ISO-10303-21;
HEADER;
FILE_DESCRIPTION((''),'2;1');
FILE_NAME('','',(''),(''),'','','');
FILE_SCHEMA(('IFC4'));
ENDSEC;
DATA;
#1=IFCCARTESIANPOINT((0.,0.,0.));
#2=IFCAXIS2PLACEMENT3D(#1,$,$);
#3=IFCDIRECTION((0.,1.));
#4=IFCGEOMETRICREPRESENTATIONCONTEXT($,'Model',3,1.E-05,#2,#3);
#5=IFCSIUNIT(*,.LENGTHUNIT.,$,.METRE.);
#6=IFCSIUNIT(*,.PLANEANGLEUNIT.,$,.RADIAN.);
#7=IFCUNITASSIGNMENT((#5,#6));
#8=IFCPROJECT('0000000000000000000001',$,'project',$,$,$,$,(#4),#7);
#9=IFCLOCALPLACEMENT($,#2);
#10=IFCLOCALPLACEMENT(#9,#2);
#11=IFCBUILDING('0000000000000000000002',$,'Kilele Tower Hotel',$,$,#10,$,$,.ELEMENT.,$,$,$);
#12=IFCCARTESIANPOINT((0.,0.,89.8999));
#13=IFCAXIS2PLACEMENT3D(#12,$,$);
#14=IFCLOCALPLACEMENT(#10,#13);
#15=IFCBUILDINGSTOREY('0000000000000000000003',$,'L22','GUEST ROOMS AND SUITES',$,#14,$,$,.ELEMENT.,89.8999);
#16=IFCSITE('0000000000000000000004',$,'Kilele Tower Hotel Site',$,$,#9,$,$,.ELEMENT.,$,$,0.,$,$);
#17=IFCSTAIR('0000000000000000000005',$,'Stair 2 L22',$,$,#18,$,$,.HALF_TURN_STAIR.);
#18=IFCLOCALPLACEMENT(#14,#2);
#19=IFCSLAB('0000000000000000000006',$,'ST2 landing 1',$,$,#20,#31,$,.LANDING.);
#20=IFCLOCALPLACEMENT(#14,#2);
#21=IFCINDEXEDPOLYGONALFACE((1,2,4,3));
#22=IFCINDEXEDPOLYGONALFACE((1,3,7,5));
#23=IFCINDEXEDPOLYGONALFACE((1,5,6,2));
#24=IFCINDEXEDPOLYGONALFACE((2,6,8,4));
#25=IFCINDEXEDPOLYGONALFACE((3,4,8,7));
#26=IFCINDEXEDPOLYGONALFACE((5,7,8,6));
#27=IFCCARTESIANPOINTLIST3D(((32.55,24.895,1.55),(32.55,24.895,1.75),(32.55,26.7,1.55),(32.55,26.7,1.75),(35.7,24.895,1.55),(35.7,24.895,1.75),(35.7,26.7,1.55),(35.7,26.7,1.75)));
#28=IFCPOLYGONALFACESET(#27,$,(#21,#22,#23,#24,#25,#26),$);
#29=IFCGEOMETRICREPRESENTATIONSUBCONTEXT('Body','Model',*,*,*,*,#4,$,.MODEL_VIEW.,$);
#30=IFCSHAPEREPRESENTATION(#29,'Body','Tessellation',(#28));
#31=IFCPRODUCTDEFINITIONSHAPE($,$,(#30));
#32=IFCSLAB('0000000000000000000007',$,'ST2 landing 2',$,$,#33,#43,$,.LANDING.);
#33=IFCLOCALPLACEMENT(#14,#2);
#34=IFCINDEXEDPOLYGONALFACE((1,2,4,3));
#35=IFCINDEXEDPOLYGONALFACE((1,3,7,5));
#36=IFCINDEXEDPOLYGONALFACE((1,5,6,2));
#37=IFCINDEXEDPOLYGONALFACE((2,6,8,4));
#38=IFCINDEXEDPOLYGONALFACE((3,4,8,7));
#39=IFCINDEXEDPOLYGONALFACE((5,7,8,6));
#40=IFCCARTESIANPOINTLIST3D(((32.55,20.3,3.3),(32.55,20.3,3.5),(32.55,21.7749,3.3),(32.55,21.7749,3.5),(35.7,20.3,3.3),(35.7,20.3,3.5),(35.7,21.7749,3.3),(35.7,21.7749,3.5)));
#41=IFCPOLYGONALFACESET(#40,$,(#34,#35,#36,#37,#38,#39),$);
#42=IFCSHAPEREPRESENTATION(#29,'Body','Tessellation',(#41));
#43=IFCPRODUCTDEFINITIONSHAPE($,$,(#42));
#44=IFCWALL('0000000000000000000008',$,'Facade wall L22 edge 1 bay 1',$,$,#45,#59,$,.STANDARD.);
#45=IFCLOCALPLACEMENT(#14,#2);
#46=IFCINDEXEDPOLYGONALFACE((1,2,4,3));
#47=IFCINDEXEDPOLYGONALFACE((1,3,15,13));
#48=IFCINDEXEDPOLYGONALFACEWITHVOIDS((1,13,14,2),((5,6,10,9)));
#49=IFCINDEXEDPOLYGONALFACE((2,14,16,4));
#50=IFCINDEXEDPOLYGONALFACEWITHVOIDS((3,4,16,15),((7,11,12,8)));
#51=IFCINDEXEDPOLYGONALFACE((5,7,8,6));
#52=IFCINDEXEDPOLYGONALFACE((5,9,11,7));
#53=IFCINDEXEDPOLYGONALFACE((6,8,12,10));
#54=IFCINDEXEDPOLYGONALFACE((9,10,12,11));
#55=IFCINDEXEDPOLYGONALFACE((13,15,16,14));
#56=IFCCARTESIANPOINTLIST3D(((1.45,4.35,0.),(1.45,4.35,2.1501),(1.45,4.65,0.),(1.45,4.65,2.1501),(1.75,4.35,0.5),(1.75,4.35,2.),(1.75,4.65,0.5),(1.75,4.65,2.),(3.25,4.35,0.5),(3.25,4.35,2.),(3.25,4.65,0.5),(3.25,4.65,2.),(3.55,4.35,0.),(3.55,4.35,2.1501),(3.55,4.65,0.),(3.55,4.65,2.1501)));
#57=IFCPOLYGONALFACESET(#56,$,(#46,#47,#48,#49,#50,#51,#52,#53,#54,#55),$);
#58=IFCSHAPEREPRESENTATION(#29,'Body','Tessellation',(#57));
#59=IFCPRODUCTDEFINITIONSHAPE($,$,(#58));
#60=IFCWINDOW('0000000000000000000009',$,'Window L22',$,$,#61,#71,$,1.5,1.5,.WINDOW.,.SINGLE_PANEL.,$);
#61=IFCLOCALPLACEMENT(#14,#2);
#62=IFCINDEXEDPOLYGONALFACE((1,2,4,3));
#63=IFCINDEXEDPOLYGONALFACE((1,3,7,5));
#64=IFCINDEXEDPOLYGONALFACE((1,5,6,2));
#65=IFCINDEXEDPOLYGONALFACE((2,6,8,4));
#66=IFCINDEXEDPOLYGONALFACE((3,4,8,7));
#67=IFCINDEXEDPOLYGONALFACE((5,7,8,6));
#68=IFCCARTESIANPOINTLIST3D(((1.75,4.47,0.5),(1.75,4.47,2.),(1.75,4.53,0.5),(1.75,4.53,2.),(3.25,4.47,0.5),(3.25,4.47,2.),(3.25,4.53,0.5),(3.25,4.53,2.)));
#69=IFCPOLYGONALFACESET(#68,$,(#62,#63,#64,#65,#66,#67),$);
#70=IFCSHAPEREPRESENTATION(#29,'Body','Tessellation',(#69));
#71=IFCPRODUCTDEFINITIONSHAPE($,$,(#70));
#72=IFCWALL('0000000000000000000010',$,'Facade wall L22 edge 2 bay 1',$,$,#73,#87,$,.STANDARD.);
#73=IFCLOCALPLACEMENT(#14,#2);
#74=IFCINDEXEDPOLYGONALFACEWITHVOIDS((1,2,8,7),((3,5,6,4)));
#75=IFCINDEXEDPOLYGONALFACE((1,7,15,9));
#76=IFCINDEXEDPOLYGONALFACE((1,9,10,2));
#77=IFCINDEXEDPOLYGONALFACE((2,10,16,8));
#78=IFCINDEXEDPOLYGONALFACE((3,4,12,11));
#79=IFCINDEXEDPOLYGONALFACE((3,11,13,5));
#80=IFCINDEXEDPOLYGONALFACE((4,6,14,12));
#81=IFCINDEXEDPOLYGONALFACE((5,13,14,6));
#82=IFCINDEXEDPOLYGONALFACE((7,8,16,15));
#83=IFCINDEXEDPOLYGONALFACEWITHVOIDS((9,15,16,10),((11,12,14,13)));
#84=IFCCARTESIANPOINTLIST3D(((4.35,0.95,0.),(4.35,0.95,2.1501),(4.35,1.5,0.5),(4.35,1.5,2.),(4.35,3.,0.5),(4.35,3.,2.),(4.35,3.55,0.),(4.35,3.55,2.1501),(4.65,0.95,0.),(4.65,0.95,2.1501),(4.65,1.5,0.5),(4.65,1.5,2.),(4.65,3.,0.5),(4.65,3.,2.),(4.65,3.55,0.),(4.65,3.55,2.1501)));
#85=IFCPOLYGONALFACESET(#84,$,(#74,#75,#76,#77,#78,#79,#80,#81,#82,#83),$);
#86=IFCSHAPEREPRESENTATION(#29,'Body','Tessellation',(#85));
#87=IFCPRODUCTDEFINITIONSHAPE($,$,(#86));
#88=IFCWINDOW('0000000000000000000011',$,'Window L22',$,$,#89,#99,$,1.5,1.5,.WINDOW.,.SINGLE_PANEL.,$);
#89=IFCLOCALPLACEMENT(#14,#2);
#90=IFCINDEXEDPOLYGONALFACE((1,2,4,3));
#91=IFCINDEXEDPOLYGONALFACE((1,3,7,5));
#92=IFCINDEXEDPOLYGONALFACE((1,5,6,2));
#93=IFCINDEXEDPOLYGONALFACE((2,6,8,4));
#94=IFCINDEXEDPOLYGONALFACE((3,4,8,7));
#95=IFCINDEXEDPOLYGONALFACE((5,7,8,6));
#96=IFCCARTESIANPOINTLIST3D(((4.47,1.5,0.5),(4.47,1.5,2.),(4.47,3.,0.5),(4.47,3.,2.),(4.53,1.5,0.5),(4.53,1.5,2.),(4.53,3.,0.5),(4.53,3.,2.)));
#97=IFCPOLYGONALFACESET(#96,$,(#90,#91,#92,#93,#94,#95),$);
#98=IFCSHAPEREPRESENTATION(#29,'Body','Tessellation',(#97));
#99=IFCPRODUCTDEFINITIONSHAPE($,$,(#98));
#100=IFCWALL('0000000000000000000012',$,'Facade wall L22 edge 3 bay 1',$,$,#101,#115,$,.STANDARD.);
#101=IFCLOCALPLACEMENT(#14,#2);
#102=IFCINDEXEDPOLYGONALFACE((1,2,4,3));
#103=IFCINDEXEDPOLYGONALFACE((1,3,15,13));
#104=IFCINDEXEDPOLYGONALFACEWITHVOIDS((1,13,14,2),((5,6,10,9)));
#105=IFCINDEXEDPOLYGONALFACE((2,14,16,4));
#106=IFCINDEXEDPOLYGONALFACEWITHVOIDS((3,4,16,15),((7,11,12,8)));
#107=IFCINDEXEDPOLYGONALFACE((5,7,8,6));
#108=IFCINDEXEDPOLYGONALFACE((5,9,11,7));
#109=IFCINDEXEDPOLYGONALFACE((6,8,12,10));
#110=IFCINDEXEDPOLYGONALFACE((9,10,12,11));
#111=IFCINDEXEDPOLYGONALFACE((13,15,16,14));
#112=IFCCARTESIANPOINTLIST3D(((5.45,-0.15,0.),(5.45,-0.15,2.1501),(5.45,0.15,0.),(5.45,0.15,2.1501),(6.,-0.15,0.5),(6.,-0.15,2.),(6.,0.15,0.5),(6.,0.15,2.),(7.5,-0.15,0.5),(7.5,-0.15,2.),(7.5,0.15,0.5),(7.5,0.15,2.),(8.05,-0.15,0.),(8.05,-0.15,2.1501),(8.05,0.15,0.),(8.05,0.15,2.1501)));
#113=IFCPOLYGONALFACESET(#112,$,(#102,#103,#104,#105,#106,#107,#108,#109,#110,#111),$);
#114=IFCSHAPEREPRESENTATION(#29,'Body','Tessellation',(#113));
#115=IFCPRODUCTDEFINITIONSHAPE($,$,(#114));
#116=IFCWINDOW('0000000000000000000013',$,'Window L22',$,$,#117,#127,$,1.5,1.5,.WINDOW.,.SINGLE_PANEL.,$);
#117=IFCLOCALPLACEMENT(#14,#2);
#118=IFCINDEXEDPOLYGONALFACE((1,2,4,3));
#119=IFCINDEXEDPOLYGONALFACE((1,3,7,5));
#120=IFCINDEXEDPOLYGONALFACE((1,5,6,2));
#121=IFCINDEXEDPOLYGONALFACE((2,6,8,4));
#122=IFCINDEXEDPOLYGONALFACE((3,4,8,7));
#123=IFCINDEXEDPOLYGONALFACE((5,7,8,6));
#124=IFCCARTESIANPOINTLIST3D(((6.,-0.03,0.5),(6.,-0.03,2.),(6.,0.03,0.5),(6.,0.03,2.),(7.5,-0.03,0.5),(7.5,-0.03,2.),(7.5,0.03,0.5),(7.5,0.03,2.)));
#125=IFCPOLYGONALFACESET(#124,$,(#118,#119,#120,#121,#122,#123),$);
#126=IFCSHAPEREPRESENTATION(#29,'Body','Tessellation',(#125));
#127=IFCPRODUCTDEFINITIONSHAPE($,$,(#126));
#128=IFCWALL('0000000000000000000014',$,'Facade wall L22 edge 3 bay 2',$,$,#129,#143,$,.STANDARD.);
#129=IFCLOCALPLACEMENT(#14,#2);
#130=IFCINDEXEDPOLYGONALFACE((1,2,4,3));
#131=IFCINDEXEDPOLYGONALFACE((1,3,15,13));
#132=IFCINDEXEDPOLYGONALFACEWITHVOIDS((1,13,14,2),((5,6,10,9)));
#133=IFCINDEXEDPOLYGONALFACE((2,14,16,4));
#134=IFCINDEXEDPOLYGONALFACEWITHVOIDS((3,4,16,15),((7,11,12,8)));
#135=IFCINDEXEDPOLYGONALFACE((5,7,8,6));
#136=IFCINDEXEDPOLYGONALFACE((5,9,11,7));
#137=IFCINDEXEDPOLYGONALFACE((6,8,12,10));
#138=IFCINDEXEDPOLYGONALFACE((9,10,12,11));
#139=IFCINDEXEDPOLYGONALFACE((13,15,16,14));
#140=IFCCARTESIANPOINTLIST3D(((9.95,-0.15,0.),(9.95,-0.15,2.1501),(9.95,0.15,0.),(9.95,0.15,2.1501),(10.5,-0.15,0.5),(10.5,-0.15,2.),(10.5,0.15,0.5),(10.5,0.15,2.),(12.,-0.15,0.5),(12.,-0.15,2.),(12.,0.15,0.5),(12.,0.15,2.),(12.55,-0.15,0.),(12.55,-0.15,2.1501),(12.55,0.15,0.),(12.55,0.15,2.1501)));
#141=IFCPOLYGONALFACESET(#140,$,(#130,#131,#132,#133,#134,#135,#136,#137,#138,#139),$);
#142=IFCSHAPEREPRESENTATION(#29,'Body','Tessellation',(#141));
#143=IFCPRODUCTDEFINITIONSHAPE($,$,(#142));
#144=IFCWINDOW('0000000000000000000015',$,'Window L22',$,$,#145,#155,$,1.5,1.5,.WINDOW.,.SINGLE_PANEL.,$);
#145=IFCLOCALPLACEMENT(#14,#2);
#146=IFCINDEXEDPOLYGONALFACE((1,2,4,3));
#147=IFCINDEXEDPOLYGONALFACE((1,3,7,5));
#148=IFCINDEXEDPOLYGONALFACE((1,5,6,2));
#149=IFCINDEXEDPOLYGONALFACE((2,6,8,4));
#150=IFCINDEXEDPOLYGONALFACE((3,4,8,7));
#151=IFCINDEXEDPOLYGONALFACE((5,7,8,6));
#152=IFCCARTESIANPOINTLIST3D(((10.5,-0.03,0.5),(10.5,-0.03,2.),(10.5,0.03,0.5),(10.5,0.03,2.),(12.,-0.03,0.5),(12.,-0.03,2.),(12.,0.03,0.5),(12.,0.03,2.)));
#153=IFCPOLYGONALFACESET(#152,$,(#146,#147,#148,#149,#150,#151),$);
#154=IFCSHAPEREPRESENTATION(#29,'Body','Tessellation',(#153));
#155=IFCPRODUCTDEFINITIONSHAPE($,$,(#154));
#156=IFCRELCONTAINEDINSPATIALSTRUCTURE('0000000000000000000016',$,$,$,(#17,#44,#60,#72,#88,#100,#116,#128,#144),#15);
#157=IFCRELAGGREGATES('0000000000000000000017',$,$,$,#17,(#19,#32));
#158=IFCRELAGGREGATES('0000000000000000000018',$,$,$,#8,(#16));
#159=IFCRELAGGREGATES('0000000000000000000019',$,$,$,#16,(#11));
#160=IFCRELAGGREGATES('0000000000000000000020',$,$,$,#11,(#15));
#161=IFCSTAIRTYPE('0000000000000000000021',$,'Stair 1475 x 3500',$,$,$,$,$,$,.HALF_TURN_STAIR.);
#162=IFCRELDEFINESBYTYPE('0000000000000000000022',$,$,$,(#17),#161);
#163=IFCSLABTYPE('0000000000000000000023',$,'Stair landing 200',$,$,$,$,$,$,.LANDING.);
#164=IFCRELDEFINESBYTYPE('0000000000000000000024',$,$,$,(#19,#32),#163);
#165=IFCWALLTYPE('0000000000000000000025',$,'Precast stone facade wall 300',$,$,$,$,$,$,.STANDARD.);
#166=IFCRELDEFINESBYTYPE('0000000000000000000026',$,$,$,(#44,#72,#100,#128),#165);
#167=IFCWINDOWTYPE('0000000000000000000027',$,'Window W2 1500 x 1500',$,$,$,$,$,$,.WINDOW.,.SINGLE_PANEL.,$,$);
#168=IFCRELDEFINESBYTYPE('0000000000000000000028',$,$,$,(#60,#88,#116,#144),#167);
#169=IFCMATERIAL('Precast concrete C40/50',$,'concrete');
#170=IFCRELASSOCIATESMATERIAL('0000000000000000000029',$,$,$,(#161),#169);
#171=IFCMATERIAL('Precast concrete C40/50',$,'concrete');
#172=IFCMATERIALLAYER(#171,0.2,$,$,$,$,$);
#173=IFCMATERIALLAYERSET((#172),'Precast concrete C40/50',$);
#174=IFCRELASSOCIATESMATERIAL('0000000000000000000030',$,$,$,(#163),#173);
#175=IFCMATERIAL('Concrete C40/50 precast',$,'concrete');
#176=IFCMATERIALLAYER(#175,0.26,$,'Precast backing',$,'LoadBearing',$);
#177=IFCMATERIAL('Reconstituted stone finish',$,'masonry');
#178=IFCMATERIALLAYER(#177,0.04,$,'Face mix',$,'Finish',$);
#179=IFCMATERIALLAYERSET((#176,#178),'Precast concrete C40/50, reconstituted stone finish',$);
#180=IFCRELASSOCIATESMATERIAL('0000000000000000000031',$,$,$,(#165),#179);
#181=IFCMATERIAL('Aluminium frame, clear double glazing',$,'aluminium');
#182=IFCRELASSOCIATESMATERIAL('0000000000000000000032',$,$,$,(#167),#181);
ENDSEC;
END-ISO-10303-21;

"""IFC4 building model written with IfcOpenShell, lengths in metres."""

from ifc_helpers import new_model, si_unit, direction, frame, frame_2d, origin, place, context, subcontext, project, spatial, polyline, rectangle, outline, extrude, material, layer, layer_set, type_object, element, fill, aggregate, save


model = new_model("IFC4")

# Units and contexts
model_context = context("Model", 3, precision=1e-05, world=origin(), true_north=direction((0.0, 1.0)))
body_context = subcontext(model_context, "Body", "Model", "MODEL_VIEW")
ifc_project = project(units=[si_unit("LENGTHUNIT", "METRE"), si_unit("PLANEANGLEUNIT", "RADIAN")], contexts=[model_context])

# Site, building, storey
site_placement = place(None, origin())
site = spatial("IfcSite", under=ifc_project, at=site_placement, Name="Kilele Tower Hotel Site", CompositionType="ELEMENT", RefElevation=0.0)
building_placement = place(site_placement, origin())
building = spatial("IfcBuilding", under=site, at=building_placement, Name="Kilele Tower Hotel", CompositionType="ELEMENT")
storey_placement = place(building_placement, frame((0.0, 0.0, 89.8999)))
storey = spatial("IfcBuildingStorey", under=building, at=storey_placement, Name="L22", Description="GUEST ROOMS AND SUITES", CompositionType="ELEMENT", Elevation=89.8999)

# Stair, slabs
ifc_material_1 = material(Name="Precast concrete C40/50", Category="concrete")
stair_type = type_object("IfcStairType", Name="Stair 1475 x 3500", PredefinedType="HALF_TURN_STAIR", material=ifc_material_1)
ifc_material_2 = material(Name="Precast concrete C40/50", Category="concrete")
ifc_layer_1 = layer(ifc_material_2, 0.2)
ifc_layer_set_1 = layer_set([ifc_layer_1], Name="Precast concrete C40/50")
slab_type_1 = type_object("IfcSlabType", Name="Stair landing 200", PredefinedType="LANDING", material=ifc_layer_set_1)
stair_1_placement = place(storey_placement, origin())
stair_1 = element("IfcStair", 1, at=stair_1_placement, inside=storey, type_object=stair_type, Name="Stair 2 L22", PredefinedType="HALF_TURN_STAIR")
slab_1_placement = place(storey_placement, frame((0.0, 0.0, 1.55)))
slab_1 = element("IfcSlab", 2, at=slab_1_placement, type_object=slab_type_1, Name="ST2 landing 1", PredefinedType="LANDING", context=body_context, shape_type="SweptSolid", body=[
    extrude(outline(polyline([(32.55, 24.895), (35.7, 24.895), (35.7, 26.7), (32.55, 26.7), (32.55, 24.895)])), origin(), (0.0, 0.0, 1.0), 0.2),
])
slab_2_placement = place(storey_placement, frame((0.0, 0.0, 3.3)))
slab_2 = element("IfcSlab", 3, at=slab_2_placement, type_object=slab_type_1, Name="ST2 landing 2", PredefinedType="LANDING", context=body_context, shape_type="SweptSolid", body=[
    extrude(outline(polyline([(32.55, 20.3), (35.7, 20.3), (35.7, 21.7749), (32.55, 21.7749), (32.55, 20.3)])), origin(), (0.0, 0.0, 1.0), 0.2),
])
aggregate(stair_1, [slab_1, slab_2])

# Walls, openings, windows
ifc_material_3 = material(Name="Concrete C40/50 precast", Category="concrete")
ifc_layer_2 = layer(ifc_material_3, 0.26, Name="Precast backing", Category="LoadBearing")
ifc_material_4 = material(Name="Reconstituted stone finish", Category="masonry")
ifc_layer_3 = layer(ifc_material_4, 0.04, Name="Face mix", Category="Finish")
ifc_layer_set_2 = layer_set([ifc_layer_2, ifc_layer_3], Name="Precast concrete C40/50, reconstituted stone finish")
wall_type = type_object("IfcWallType", Name="Precast stone facade wall 300", PredefinedType="STANDARD", material=ifc_layer_set_2)
wall_1_placement = place(storey_placement, frame((1.45, 4.5, 0.0), z_axis=(0.0, 0.0, 1.0), x_axis=(1.0, 0.0, 0.0)))
wall_1 = element("IfcWall", 4, at=wall_1_placement, inside=storey, type_object=wall_type, Name="Facade wall L22 edge 1 bay 1", PredefinedType="STANDARD", context=body_context, shape_type="SweptSolid", body=[
    extrude(rectangle(XDim=2.1001, YDim=0.3, at=frame_2d((1.05, 0.0))), origin(), (0.0, 0.0, 1.0), 2.1501),
])
opening_1_placement = place(wall_1_placement, frame((0.3, 0.0, 0.5)))
opening_1 = element("IfcOpeningElement", 5, at=opening_1_placement, cuts=wall_1, PredefinedType="OPENING", context=body_context, shape_type="SweptSolid", body=[
    extrude(rectangle(XDim=1.5, YDim=1.5, at=frame_2d((0.75, 0.75))), frame((0.0, 0.1599, 0.0), z_axis=(0.0, -1.0, 0.0), x_axis=(1.0, 0.0, 0.0)), (0.0, 0.0, 1.0), 0.3201),
])
ifc_material_5 = material(Name="Aluminium frame, clear double glazing", Category="aluminium")
window_type = type_object("IfcWindowType", Name="Window W2 1500 x 1500", PartitioningType="SINGLE_PANEL", PredefinedType="WINDOW", material=ifc_material_5)
window_1_placement = place(opening_1_placement, origin())
window_1 = element("IfcWindow", 6, at=window_1_placement, inside=storey, type_object=window_type, Name="Window L22", OverallHeight=1.5, OverallWidth=1.5, PartitioningType="SINGLE_PANEL", PredefinedType="WINDOW", context=body_context, shape_type="SweptSolid", body=[
    extrude(rectangle(XDim=1.5, YDim=1.5, at=frame_2d((0.75, 0.75))), frame((0.0, 0.03, 0.0), z_axis=(0.0, -1.0, 0.0), x_axis=(1.0, 0.0, 0.0)), (0.0, 0.0, 1.0), 0.0601),
])
fill(opening_1, window_1)
wall_2_placement = place(storey_placement, frame((4.5, 3.55, 0.0), z_axis=(0.0, 0.0, 1.0), x_axis=(0.0, -1.0, 0.0)))
wall_2 = element("IfcWall", 7, at=wall_2_placement, inside=storey, type_object=wall_type, Name="Facade wall L22 edge 2 bay 1", PredefinedType="STANDARD", context=body_context, shape_type="SweptSolid", body=[
    extrude(rectangle(XDim=2.6001, YDim=0.3, at=frame_2d((1.3, 0.0))), origin(), (0.0, 0.0, 1.0), 2.1501),
])
opening_2_placement = place(wall_2_placement, frame((0.55, 0.0, 0.5)))
opening_2 = element("IfcOpeningElement", 8, at=opening_2_placement, cuts=wall_2, PredefinedType="OPENING", context=body_context, shape_type="SweptSolid", body=[
    extrude(rectangle(XDim=1.5, YDim=1.5, at=frame_2d((0.75, 0.75))), frame((0.0, 0.1599, 0.0), z_axis=(0.0, -1.0, 0.0), x_axis=(1.0, 0.0, 0.0)), (0.0, 0.0, 1.0), 0.3201),
])
window_2_placement = place(opening_2_placement, origin())
window_2 = element("IfcWindow", 9, at=window_2_placement, inside=storey, type_object=window_type, Name="Window L22", OverallHeight=1.5, OverallWidth=1.5, PartitioningType="SINGLE_PANEL", PredefinedType="WINDOW", context=body_context, shape_type="SweptSolid", body=[
    extrude(rectangle(XDim=1.5, YDim=1.5, at=frame_2d((0.75, 0.75))), frame((0.0, 0.03, 0.0), z_axis=(0.0, -1.0, 0.0), x_axis=(1.0, 0.0, 0.0)), (0.0, 0.0, 1.0), 0.0601),
])
fill(opening_2, window_2)
wall_3_placement = place(storey_placement, frame((5.45, 0.0, 0.0), z_axis=(0.0, 0.0, 1.0), x_axis=(1.0, 0.0, 0.0)))
wall_3 = element("IfcWall", 10, at=wall_3_placement, inside=storey, type_object=wall_type, Name="Facade wall L22 edge 3 bay 1", PredefinedType="STANDARD", context=body_context, shape_type="SweptSolid", body=[
    extrude(rectangle(XDim=2.6001, YDim=0.3, at=frame_2d((1.3, 0.0))), origin(), (0.0, 0.0, 1.0), 2.1501),
])
opening_3_placement = place(wall_3_placement, frame((0.55, 0.0, 0.5)))
opening_3 = element("IfcOpeningElement", 11, at=opening_3_placement, cuts=wall_3, PredefinedType="OPENING", context=body_context, shape_type="SweptSolid", body=[
    extrude(rectangle(XDim=1.5, YDim=1.5, at=frame_2d((0.75, 0.75))), frame((0.0, 0.1599, 0.0), z_axis=(0.0, -1.0, 0.0), x_axis=(1.0, 0.0, 0.0)), (0.0, 0.0, 1.0), 0.3201),
])
window_3_placement = place(opening_3_placement, origin())
window_3 = element("IfcWindow", 12, at=window_3_placement, inside=storey, type_object=window_type, Name="Window L22", OverallHeight=1.5, OverallWidth=1.5, PartitioningType="SINGLE_PANEL", PredefinedType="WINDOW", context=body_context, shape_type="SweptSolid", body=[
    extrude(rectangle(XDim=1.5, YDim=1.5, at=frame_2d((0.75, 0.75))), frame((0.0, 0.03, 0.0), z_axis=(0.0, -1.0, 0.0), x_axis=(1.0, 0.0, 0.0)), (0.0, 0.0, 1.0), 0.0601),
])
fill(opening_3, window_3)
wall_4_placement = place(storey_placement, frame((9.95, 0.0, 0.0), z_axis=(0.0, 0.0, 1.0), x_axis=(1.0, 0.0, 0.0)))
wall_4 = element("IfcWall", 13, at=wall_4_placement, inside=storey, type_object=wall_type, Name="Facade wall L22 edge 3 bay 2", PredefinedType="STANDARD", context=body_context, shape_type="SweptSolid", body=[
    extrude(rectangle(XDim=2.6001, YDim=0.3, at=frame_2d((1.3, 0.0))), origin(), (0.0, 0.0, 1.0), 2.1501),
])
opening_4_placement = place(wall_4_placement, frame((0.55, 0.0, 0.5)))
opening_4 = element("IfcOpeningElement", 14, at=opening_4_placement, cuts=wall_4, PredefinedType="OPENING", context=body_context, shape_type="SweptSolid", body=[
    extrude(rectangle(XDim=1.5, YDim=1.5, at=frame_2d((0.75, 0.75))), frame((0.0, 0.1599, 0.0), z_axis=(0.0, -1.0, 0.0), x_axis=(1.0, 0.0, 0.0)), (0.0, 0.0, 1.0), 0.3201),
])
window_4_placement = place(opening_4_placement, origin())
window_4 = element("IfcWindow", 15, at=window_4_placement, inside=storey, type_object=window_type, Name="Window L22", OverallHeight=1.5, OverallWidth=1.5, PartitioningType="SINGLE_PANEL", PredefinedType="WINDOW", context=body_context, shape_type="SweptSolid", body=[
    extrude(rectangle(XDim=1.5, YDim=1.5, at=frame_2d((0.75, 0.75))), frame((0.0, 0.03, 0.0), z_axis=(0.0, -1.0, 0.0), x_axis=(1.0, 0.0, 0.0)), (0.0, 0.0, 1.0), 0.0601),
])
fill(opening_4, window_4)

save(model, "model.ifc")
